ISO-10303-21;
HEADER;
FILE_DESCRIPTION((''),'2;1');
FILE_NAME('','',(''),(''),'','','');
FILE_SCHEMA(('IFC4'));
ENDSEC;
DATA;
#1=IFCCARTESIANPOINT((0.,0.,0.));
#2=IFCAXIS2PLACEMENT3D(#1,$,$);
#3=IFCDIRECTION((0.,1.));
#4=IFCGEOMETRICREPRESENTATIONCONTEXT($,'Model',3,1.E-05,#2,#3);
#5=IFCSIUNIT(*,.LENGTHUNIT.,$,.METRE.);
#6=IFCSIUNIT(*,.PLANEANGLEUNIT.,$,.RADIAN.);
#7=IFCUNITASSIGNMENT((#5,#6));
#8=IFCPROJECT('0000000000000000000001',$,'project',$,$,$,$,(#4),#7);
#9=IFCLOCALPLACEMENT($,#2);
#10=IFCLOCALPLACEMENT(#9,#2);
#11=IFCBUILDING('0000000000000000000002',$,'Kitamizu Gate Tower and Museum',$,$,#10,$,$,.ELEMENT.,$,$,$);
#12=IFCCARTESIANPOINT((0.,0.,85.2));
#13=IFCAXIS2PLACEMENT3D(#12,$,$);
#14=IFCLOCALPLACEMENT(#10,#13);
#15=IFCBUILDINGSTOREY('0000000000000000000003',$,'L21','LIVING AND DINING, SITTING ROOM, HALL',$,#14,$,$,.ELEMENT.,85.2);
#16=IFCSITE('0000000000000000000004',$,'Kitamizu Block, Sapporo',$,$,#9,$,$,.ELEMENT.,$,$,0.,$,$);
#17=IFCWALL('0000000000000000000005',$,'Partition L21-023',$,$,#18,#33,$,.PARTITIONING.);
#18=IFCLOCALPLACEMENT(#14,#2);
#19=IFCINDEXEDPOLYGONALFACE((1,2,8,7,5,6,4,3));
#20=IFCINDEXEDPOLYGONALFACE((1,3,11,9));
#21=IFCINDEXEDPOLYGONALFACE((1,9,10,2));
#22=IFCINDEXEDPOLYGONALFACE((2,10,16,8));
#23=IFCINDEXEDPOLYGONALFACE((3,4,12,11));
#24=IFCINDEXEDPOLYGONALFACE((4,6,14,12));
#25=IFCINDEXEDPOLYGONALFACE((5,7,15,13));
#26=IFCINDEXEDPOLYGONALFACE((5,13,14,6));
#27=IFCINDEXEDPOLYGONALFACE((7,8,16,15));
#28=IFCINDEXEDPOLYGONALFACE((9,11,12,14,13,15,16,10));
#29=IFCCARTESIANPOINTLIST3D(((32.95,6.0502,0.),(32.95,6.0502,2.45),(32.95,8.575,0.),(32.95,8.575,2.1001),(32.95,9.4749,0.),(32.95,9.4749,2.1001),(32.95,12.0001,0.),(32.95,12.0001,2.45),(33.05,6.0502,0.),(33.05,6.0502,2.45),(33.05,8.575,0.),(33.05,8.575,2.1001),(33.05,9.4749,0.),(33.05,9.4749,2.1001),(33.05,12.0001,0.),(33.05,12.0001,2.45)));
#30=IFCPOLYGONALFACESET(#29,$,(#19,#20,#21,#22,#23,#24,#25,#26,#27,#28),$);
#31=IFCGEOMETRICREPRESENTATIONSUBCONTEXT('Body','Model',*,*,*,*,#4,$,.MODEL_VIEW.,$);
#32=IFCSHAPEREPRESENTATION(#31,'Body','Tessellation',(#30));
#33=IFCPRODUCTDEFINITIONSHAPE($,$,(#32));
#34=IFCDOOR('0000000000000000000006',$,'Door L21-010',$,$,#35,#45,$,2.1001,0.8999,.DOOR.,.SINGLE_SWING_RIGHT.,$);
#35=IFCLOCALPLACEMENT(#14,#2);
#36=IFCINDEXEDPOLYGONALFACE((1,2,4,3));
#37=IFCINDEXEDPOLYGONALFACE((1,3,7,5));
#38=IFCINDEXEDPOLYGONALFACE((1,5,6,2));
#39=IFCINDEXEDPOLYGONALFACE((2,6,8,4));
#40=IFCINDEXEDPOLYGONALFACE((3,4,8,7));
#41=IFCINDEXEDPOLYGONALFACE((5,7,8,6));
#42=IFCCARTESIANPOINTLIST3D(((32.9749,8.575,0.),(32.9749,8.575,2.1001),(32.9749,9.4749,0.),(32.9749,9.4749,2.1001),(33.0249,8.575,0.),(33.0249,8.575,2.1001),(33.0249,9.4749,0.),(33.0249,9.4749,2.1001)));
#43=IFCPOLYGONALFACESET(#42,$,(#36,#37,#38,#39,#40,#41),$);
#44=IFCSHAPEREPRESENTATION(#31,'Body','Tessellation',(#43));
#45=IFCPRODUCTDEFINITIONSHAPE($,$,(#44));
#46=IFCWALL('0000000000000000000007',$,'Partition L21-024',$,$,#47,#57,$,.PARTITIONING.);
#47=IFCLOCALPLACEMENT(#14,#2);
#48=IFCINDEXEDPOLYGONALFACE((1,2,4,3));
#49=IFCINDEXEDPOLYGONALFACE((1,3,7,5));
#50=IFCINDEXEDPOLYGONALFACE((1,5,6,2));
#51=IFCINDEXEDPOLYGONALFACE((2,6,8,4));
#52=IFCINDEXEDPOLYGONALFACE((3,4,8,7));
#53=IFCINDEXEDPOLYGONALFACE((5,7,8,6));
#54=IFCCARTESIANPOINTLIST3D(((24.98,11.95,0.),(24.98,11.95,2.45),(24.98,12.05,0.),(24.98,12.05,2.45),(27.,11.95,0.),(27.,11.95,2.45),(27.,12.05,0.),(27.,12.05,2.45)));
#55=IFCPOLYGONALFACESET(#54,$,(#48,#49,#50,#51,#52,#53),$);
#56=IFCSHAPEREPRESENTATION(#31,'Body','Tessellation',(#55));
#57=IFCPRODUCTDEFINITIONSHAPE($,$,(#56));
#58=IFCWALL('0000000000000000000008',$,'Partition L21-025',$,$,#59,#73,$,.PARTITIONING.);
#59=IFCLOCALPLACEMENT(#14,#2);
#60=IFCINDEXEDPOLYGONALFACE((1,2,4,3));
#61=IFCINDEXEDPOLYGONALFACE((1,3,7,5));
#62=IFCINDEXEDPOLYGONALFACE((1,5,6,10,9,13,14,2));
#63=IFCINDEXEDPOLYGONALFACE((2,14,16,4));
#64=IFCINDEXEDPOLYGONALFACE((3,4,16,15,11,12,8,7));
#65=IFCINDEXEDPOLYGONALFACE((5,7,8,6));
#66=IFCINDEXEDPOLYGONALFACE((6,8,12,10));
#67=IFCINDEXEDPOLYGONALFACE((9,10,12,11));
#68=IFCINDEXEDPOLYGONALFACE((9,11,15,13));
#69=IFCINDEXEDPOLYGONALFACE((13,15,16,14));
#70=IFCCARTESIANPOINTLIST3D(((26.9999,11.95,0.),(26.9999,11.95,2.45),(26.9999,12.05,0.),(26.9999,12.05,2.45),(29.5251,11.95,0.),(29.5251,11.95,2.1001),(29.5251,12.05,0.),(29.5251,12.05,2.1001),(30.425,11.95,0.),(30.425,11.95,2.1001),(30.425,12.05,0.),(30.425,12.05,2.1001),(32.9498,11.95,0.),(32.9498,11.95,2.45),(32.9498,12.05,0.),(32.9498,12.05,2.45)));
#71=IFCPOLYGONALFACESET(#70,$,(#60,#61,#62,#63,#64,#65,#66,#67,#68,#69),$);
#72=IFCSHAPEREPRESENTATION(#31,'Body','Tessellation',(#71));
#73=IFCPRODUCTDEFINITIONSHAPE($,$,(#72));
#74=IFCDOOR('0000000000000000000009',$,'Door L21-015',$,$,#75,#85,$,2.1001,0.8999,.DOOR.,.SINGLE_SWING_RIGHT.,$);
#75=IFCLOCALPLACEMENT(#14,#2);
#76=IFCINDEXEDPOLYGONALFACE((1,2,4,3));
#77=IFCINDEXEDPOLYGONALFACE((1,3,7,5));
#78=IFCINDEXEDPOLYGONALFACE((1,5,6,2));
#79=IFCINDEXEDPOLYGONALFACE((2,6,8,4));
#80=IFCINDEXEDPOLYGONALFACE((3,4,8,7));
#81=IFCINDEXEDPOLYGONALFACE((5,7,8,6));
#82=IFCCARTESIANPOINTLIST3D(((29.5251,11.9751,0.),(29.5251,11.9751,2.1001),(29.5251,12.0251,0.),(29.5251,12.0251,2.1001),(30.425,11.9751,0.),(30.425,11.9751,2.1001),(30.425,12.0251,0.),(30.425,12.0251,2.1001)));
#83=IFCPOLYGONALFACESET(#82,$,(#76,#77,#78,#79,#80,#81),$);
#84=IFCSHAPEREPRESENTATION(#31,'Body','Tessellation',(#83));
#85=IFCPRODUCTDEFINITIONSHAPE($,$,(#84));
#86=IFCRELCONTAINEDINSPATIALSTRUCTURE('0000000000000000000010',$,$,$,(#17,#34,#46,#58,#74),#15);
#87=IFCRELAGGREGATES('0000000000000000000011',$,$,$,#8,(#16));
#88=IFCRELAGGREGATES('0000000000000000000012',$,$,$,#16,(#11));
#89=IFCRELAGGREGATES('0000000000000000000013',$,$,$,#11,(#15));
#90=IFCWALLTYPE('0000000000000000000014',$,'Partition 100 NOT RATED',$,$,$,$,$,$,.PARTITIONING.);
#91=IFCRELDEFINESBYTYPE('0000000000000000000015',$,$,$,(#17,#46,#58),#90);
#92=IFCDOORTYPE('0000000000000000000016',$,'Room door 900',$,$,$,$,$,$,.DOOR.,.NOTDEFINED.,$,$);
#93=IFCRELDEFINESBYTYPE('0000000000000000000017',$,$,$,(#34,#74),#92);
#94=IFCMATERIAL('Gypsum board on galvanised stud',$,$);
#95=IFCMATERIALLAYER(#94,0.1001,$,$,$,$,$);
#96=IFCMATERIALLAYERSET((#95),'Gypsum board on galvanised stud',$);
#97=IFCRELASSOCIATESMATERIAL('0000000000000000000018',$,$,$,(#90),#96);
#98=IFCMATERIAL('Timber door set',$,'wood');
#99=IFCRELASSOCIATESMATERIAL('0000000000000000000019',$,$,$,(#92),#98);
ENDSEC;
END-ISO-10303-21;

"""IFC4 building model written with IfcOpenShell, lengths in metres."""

from ifc_helpers import new_model, si_unit, direction, frame, frame_2d, origin, place, context, subcontext, project, spatial, rectangle, extrude, material, layer, layer_set, type_object, element, fill, save


model = new_model("IFC4")

# Units and contexts
model_context = context("Model", 3, precision=1e-05, world=origin(), true_north=direction((0.0, 1.0)))
body_context = subcontext(model_context, "Body", "Model", "MODEL_VIEW")
ifc_project = project(units=[si_unit("LENGTHUNIT", "METRE"), si_unit("PLANEANGLEUNIT", "RADIAN")], contexts=[model_context])

# Site, building, storey
site_placement = place(None, origin())
site = spatial("IfcSite", under=ifc_project, at=site_placement, Name="Kitamizu Block, Sapporo", CompositionType="ELEMENT", RefElevation=0.0)
building_placement = place(site_placement, origin())
building = spatial("IfcBuilding", under=site, at=building_placement, Name="Kitamizu Gate Tower and Museum", CompositionType="ELEMENT")
storey_placement = place(building_placement, frame((0.0, 0.0, 85.2)))
storey = spatial("IfcBuildingStorey", under=building, at=storey_placement, Name="L21", Description="LIVING AND DINING, SITTING ROOM, HALL", CompositionType="ELEMENT", Elevation=85.2)

# Shared definitions
ifc_material_1 = material(Name="Gypsum board on galvanised stud")
ifc_layer = layer(ifc_material_1, 0.1001)
ifc_layer_set = layer_set([ifc_layer], Name="Gypsum board on galvanised stud")
wall_type = type_object("IfcWallType", Name="Partition 100 NOT RATED", PredefinedType="PARTITIONING", material=ifc_layer_set)
ifc_material_2 = material(Name="Timber door set", Category="wood")
door_type = type_object("IfcDoorType", Name="Room door 900", OperationType="NOTDEFINED", PredefinedType="DOOR", material=ifc_material_2)

# Wall, opening, door
wall_1_placement = place(storey_placement, frame((33.0, 6.05, 0.0), z_axis=(0.0, 0.0, 1.0), x_axis=(0.0, 1.0, 0.0)))
wall_1 = element("IfcWall", 1, at=wall_1_placement, inside=storey, type_object=wall_type, Name="Partition L21-023", PredefinedType="PARTITIONING", context=body_context, shape_type="SweptSolid", body=[
    extrude(rectangle(XDim=5.95, YDim=0.1001, at=frame_2d((2.9751, 0.0))), origin(), (0.0, 0.0, 1.0), 2.45),
])
opening_1_placement = place(wall_1_placement, frame((2.5249, 0.0, 0.0)))
opening_1 = element("IfcOpeningElement", 2, at=opening_1_placement, cuts=wall_1, PredefinedType="OPENING", context=body_context, shape_type="SweptSolid", body=[
    extrude(rectangle(XDim=0.8999, YDim=2.1001, at=frame_2d((0.45, 1.05))), frame((0.0, 0.0601, 0.0), z_axis=(0.0, -1.0, 0.0), x_axis=(1.0, 0.0, 0.0)), (0.0, 0.0, 1.0), 0.1201),
])
door_1_placement = place(opening_1_placement, frame((0.8999, 0.0, 0.0), x_axis=(-1.0, 0.0, 0.0)))
door_1 = element("IfcDoor", 3, at=door_1_placement, inside=storey, type_object=door_type, Name="Door L21-010", OperationType="SINGLE_SWING_RIGHT", OverallHeight=2.1001, OverallWidth=0.8999, PredefinedType="DOOR", context=body_context, shape_type="SweptSolid", body=[
    extrude(rectangle(XDim=0.8999, YDim=2.1001, at=frame_2d((0.45, 1.05))), frame((0.0, 0.0249, 0.0), z_axis=(0.0, -1.0, 0.0), x_axis=(1.0, 0.0, 0.0)), (0.0, 0.0, 1.0), 0.05),
])
fill(opening_1, door_1)

# Wall
wall_2_placement = place(storey_placement, frame((27.0, 12.0, 0.0), z_axis=(0.0, 0.0, 1.0), x_axis=(-1.0, 0.0, 0.0)))
element("IfcWall", 4, at=wall_2_placement, inside=storey, type_object=wall_type, Name="Partition L21-024", PredefinedType="PARTITIONING", context=body_context, shape_type="SweptSolid", body=[
    extrude(rectangle(XDim=2.02, YDim=0.1001, at=frame_2d((1.01, 0.0))), origin(), (0.0, 0.0, 1.0), 2.45),
])

# Wall, opening, door
wall_3_placement = place(storey_placement, frame((32.95, 12.0, 0.0), z_axis=(0.0, 0.0, 1.0), x_axis=(-1.0, 0.0, 0.0)))
wall_3 = element("IfcWall", 5, at=wall_3_placement, inside=storey, type_object=wall_type, Name="Partition L21-025", PredefinedType="PARTITIONING", context=body_context, shape_type="SweptSolid", body=[
    extrude(rectangle(XDim=5.95, YDim=0.1001, at=frame_2d((2.9751, 0.0))), origin(), (0.0, 0.0, 1.0), 2.45),
])
opening_2_placement = place(wall_3_placement, frame((2.5249, 0.0, 0.0)))
opening_2 = element("IfcOpeningElement", 6, at=opening_2_placement, cuts=wall_3, PredefinedType="OPENING", context=body_context, shape_type="SweptSolid", body=[
    extrude(rectangle(XDim=0.8999, YDim=2.1001, at=frame_2d((0.45, 1.05))), frame((0.0, 0.0601, 0.0), z_axis=(0.0, -1.0, 0.0), x_axis=(1.0, 0.0, 0.0)), (0.0, 0.0, 1.0), 0.1201),
])
door_2_placement = place(opening_2_placement, origin())
door_2 = element("IfcDoor", 7, at=door_2_placement, inside=storey, type_object=door_type, Name="Door L21-015", OperationType="SINGLE_SWING_RIGHT", OverallHeight=2.1001, OverallWidth=0.8999, PredefinedType="DOOR", context=body_context, shape_type="SweptSolid", body=[
    extrude(rectangle(XDim=0.8999, YDim=2.1001, at=frame_2d((0.45, 1.05))), frame((0.0, 0.0249, 0.0), z_axis=(0.0, -1.0, 0.0), x_axis=(1.0, 0.0, 0.0)), (0.0, 0.0, 1.0), 0.05),
])
fill(opening_2, door_2)

save(model, "model.ifc")
